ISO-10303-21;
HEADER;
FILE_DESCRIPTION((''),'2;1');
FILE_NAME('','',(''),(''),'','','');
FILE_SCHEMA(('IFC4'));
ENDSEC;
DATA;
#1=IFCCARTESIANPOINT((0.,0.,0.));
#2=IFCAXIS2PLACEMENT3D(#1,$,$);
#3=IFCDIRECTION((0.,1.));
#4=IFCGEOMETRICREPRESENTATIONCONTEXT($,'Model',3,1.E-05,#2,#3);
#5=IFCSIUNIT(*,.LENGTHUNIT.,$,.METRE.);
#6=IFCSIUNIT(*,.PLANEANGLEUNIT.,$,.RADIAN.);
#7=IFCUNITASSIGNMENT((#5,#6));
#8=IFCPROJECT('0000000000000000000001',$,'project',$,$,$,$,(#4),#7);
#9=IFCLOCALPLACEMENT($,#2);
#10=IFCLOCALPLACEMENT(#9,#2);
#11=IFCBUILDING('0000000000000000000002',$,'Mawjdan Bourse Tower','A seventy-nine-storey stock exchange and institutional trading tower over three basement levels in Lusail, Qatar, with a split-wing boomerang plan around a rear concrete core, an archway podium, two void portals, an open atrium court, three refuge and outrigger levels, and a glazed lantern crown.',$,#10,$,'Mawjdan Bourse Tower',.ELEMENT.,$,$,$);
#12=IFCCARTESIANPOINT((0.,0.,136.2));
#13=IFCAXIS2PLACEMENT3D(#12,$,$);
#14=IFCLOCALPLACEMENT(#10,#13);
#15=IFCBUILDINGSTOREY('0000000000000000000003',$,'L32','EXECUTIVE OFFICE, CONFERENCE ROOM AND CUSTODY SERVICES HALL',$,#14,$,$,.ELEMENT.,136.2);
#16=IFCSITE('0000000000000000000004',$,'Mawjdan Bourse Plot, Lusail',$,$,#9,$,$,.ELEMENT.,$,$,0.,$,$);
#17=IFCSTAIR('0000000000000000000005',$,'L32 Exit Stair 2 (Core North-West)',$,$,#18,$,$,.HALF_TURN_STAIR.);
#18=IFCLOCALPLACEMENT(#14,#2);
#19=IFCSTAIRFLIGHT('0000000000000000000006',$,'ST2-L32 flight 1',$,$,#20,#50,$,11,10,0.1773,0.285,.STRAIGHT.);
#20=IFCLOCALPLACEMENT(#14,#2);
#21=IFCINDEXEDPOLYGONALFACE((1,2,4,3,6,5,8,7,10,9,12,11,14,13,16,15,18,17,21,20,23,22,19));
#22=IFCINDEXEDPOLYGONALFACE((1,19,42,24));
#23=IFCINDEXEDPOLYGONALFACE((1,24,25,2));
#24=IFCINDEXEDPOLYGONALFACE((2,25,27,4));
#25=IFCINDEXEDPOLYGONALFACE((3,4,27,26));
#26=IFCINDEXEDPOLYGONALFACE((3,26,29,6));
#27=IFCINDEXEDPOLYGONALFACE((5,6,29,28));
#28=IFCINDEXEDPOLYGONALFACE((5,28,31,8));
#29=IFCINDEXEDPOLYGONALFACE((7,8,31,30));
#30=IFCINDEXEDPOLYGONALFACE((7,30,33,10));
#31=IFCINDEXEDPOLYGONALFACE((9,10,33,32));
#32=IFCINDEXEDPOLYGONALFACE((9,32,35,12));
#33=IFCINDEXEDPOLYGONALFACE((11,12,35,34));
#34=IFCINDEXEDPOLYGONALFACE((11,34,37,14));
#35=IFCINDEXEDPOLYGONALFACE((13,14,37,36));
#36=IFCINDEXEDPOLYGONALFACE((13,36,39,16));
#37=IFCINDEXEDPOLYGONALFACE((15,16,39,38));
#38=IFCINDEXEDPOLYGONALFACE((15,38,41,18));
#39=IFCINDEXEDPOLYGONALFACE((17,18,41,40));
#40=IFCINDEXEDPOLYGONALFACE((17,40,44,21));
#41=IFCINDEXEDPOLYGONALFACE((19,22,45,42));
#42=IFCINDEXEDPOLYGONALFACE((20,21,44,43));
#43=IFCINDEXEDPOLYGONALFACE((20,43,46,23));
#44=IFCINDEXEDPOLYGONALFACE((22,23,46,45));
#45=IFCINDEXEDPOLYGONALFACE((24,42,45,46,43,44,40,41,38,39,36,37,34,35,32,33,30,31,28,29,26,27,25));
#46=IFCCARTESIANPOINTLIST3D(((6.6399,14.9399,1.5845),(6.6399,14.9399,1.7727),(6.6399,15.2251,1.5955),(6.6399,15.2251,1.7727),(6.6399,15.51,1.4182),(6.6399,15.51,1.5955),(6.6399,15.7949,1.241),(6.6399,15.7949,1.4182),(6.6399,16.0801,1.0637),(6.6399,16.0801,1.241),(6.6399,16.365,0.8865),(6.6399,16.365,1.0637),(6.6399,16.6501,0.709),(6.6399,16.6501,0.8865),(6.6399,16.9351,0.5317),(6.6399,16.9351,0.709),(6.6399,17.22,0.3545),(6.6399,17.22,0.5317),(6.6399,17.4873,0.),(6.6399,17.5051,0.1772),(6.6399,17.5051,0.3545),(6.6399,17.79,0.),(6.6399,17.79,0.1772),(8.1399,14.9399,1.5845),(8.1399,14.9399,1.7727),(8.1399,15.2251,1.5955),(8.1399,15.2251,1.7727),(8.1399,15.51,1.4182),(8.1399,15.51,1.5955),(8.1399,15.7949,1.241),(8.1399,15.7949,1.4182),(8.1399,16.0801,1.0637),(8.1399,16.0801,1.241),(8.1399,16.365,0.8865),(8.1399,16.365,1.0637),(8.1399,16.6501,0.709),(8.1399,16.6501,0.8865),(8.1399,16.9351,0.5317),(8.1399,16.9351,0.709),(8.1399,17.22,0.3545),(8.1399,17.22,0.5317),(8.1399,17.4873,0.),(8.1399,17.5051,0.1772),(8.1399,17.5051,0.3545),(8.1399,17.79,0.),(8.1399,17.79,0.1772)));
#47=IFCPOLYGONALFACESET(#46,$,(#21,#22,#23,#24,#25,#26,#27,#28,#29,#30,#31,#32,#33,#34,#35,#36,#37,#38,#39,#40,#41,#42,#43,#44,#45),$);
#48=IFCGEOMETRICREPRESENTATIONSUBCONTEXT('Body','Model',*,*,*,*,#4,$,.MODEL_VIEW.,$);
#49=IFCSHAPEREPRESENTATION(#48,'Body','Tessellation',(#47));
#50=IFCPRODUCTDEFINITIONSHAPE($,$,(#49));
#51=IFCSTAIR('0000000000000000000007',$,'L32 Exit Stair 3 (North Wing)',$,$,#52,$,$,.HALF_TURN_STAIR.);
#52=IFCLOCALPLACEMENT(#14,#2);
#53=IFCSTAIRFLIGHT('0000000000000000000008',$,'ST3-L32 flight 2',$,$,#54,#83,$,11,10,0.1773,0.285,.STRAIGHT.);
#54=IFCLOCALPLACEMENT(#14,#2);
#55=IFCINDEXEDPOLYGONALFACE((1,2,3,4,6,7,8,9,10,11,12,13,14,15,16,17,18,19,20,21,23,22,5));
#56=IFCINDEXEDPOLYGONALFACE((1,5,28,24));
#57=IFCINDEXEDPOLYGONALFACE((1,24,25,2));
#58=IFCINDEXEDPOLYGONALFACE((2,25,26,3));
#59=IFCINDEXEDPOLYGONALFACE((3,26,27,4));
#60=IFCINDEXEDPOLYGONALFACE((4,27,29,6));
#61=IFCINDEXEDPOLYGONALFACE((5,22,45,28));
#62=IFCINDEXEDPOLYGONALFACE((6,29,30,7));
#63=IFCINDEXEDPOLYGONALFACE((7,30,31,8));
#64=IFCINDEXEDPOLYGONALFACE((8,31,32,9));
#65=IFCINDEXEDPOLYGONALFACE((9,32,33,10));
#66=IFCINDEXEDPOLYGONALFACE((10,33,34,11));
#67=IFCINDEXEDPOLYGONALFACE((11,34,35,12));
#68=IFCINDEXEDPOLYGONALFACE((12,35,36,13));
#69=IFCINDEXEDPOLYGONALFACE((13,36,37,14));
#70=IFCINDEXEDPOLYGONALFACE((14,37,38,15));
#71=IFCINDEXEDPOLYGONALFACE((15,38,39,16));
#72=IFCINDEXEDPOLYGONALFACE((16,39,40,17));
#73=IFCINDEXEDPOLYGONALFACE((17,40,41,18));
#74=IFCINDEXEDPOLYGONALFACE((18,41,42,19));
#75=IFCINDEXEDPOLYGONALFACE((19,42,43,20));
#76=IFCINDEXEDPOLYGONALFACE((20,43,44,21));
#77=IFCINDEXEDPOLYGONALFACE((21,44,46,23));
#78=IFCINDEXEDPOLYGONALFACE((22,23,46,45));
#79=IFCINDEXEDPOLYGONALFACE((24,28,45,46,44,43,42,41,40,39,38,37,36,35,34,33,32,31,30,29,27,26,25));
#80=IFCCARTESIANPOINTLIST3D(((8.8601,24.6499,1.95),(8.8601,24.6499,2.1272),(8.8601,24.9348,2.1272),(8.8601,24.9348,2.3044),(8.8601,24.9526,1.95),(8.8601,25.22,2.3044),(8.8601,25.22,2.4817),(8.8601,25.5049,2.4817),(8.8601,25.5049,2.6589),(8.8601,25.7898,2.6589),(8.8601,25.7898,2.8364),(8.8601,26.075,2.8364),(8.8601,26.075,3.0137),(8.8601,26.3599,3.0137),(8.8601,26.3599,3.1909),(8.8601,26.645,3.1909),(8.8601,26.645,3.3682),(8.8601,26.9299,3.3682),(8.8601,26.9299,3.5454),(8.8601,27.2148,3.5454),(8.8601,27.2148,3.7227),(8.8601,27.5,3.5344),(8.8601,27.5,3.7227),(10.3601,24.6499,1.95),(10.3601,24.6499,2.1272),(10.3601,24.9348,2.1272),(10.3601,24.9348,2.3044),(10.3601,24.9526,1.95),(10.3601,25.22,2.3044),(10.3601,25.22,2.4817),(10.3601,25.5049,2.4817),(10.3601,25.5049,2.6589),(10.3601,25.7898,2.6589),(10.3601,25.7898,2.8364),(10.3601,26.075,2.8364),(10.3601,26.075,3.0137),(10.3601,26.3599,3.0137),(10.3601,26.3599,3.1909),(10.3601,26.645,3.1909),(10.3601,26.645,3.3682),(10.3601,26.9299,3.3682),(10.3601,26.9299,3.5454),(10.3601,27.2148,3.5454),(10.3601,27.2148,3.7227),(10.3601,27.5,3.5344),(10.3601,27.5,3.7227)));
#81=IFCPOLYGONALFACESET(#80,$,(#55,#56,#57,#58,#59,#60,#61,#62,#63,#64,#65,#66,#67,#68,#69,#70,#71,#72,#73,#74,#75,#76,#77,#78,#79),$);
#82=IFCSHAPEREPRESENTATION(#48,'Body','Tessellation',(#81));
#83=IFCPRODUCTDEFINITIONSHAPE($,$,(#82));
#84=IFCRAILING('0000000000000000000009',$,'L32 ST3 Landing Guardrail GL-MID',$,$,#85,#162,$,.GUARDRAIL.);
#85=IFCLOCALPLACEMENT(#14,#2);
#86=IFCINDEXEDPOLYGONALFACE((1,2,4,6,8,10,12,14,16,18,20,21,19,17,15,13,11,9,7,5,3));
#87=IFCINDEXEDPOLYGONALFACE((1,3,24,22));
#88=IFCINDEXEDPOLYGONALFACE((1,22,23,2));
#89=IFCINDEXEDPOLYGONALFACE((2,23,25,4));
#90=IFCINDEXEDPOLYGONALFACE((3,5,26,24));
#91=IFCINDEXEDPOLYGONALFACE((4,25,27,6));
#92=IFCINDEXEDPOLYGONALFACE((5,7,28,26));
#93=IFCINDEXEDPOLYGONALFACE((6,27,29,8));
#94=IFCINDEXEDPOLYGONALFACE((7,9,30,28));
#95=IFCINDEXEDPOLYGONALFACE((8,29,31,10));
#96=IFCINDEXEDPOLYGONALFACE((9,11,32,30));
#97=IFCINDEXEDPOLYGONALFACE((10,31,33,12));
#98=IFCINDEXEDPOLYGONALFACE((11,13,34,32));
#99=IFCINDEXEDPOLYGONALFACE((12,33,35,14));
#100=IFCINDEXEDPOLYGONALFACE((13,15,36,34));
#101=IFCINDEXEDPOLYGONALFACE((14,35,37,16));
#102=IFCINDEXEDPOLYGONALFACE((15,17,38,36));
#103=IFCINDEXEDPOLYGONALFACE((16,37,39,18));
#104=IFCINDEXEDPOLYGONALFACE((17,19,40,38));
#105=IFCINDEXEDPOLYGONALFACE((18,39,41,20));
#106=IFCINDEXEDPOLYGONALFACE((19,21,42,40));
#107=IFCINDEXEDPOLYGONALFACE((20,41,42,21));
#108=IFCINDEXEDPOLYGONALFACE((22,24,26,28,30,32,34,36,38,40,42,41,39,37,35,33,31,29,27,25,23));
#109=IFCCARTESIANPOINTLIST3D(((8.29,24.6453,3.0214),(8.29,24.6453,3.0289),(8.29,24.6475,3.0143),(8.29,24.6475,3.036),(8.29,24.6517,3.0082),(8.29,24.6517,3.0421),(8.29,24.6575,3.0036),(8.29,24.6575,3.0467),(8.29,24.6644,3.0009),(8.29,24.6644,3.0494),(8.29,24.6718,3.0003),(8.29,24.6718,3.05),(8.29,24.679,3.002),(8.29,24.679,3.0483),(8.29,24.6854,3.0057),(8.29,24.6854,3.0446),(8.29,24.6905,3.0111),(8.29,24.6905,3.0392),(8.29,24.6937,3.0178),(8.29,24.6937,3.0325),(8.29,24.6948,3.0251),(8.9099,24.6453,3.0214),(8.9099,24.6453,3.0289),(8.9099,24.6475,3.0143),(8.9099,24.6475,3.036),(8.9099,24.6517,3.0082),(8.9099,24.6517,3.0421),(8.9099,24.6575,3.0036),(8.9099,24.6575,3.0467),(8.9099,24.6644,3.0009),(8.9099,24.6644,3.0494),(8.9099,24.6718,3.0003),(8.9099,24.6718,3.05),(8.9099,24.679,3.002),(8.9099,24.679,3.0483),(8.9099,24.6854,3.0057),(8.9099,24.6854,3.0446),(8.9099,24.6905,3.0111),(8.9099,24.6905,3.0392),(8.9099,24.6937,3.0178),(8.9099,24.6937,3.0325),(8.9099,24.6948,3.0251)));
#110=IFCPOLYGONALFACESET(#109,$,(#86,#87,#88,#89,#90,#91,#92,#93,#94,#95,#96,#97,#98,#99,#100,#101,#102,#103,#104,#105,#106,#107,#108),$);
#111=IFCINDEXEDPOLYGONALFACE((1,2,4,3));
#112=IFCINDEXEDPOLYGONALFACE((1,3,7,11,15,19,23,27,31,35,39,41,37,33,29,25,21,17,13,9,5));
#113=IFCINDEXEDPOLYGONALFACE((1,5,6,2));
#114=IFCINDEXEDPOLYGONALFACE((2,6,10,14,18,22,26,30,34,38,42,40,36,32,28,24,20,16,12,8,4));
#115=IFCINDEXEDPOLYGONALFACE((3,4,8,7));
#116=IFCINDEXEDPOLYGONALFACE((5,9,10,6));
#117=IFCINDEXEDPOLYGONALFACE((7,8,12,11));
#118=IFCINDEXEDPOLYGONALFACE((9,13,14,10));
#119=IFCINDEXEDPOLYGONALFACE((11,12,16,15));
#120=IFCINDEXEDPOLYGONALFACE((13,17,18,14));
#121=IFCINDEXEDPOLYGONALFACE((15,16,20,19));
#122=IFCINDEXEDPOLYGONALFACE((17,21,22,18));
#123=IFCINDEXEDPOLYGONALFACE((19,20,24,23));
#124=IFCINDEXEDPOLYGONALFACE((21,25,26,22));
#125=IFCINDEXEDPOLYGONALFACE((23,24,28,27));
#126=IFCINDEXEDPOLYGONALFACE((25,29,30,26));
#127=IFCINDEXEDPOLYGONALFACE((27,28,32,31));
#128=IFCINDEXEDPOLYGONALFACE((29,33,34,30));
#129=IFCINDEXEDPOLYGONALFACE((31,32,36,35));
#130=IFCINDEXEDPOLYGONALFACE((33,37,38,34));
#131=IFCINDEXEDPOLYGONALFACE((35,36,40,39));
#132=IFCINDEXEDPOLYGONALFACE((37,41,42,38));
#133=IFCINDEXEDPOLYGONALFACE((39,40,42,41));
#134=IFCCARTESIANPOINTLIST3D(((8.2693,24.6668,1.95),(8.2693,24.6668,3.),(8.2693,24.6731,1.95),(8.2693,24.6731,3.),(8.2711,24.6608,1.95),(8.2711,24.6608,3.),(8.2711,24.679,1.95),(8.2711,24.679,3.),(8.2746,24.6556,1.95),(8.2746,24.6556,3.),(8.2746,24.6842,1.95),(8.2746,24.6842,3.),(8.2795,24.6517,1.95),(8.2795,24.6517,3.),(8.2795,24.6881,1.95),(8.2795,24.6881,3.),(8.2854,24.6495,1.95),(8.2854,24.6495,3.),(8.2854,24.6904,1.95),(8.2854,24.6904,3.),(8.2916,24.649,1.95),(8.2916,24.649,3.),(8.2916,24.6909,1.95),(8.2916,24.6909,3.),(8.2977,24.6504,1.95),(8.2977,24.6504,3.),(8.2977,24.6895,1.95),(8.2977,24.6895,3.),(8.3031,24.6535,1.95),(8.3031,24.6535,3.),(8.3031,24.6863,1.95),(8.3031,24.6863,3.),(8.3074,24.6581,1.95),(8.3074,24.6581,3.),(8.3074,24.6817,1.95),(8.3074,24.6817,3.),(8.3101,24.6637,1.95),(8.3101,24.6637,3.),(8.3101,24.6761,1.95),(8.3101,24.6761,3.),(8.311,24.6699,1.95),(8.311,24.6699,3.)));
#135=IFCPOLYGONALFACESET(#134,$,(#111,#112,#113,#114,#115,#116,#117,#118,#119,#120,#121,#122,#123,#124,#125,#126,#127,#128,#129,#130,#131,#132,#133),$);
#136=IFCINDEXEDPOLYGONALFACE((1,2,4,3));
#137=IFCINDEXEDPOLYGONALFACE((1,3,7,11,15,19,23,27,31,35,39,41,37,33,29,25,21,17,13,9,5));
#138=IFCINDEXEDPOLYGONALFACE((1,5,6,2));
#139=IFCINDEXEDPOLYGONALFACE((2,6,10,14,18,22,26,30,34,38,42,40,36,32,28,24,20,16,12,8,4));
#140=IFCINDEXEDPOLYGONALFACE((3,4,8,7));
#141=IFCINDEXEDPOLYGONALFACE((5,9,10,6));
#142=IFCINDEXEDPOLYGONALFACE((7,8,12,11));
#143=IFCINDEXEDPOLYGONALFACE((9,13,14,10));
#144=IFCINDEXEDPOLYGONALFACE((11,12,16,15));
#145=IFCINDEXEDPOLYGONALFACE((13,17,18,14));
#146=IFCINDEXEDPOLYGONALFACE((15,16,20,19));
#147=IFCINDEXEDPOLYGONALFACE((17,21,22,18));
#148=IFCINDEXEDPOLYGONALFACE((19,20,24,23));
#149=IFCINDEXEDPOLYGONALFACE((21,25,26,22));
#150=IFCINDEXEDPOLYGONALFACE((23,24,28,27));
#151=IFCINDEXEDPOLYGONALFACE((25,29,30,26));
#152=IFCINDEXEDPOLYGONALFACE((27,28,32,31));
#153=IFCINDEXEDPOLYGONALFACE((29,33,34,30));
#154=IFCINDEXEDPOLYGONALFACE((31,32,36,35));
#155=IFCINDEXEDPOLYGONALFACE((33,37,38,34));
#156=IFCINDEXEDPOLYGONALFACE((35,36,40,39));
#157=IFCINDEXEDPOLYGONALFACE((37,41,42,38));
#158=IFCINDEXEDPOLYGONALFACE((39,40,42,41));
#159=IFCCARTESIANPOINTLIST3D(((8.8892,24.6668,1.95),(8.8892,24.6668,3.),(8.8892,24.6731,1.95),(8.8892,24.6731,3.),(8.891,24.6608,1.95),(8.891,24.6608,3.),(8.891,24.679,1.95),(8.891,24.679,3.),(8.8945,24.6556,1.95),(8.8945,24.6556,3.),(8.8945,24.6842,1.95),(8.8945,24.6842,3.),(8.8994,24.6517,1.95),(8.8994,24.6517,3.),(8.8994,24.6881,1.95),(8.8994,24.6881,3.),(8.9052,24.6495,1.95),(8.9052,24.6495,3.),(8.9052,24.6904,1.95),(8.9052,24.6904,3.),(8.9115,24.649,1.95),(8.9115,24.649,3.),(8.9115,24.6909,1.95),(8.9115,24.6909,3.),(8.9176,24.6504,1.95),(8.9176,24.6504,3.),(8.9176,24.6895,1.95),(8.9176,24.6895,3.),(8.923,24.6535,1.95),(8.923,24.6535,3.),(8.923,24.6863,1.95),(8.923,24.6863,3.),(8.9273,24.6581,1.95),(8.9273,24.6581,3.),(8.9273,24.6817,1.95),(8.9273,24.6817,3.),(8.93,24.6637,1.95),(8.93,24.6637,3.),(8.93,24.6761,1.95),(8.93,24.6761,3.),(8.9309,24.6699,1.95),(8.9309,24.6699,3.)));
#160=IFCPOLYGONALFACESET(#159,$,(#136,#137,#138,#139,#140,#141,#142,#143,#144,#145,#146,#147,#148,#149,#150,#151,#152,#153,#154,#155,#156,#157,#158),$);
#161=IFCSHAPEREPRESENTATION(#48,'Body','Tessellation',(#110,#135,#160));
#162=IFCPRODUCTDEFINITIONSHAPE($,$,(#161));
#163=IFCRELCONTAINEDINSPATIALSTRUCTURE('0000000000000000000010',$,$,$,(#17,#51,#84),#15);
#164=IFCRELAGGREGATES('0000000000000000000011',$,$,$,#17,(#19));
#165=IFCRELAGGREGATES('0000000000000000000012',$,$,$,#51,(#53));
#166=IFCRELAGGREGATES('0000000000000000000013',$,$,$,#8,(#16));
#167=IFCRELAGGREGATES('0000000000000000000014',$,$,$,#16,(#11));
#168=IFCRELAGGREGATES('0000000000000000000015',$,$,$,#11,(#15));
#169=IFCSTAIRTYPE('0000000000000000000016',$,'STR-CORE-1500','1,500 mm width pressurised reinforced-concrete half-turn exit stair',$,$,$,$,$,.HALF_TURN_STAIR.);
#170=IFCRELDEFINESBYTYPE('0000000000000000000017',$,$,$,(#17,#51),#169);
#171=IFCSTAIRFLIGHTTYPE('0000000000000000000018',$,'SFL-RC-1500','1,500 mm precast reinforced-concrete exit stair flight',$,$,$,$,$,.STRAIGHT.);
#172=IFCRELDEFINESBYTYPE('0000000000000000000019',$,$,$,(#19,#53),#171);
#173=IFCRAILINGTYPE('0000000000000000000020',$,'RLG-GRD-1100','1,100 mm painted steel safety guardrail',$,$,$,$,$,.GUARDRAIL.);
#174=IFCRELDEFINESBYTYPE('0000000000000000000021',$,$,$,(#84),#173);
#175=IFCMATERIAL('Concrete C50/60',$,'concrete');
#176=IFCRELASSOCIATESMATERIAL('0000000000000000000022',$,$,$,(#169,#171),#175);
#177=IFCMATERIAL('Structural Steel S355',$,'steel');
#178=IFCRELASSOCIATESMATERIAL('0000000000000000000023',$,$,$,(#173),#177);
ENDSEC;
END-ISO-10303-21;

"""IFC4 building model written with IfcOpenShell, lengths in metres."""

from ifc_helpers import new_model, si_unit, direction, frame, origin, origin_2d, place, context, subcontext, project, spatial, polyline, circle, outline, extrude, material, type_object, element, aggregate, save


model = new_model("IFC4")

# Units and contexts
model_context = context("Model", 3, precision=1e-05, world=origin(), true_north=direction((0.0, 1.0)))
body_context = subcontext(model_context, "Body", "Model", "MODEL_VIEW")
ifc_project = project(units=[si_unit("LENGTHUNIT", "METRE"), si_unit("PLANEANGLEUNIT", "RADIAN")], contexts=[model_context])

# Site, building, storey
site_placement = place(None, origin())
site = spatial("IfcSite", under=ifc_project, at=site_placement, Name="Mawjdan Bourse Plot, Lusail", CompositionType="ELEMENT", RefElevation=0.0)
building_placement = place(site_placement, origin())
building = spatial("IfcBuilding", under=site, at=building_placement, Name="Mawjdan Bourse Tower", Description="A seventy-nine-storey stock exchange and institutional trading tower over three basement levels in Lusail, Qatar, with a split-wing boomerang plan around a rear concrete core, an archway podium, two void portals, an open atrium court, three refuge and outrigger levels, and a glazed lantern crown.", LongName="Mawjdan Bourse Tower", CompositionType="ELEMENT")
storey_placement = place(building_placement, frame((0.0, 0.0, 136.2)))
storey = spatial("IfcBuildingStorey", under=building, at=storey_placement, Name="L32", Description="EXECUTIVE OFFICE, CONFERENCE ROOM AND CUSTODY SERVICES HALL", CompositionType="ELEMENT", Elevation=136.2)

# Shared definitions
ifc_material_1 = material(Name="Structural Steel S355", Category="steel")

# Shared definitions
ifc_material_2 = material(Name="Concrete C50/60", Category="concrete")

# Stairs, stair flights
stair_type = type_object("IfcStairType", Name="STR-CORE-1500", Description="1,500 mm width pressurised reinforced-concrete half-turn exit stair", PredefinedType="HALF_TURN_STAIR", material=ifc_material_2)
stair_1_placement = place(storey_placement, origin())
stair_1 = element("IfcStair", 1, at=stair_1_placement, inside=storey, type_object=stair_type, Name="L32 Exit Stair 2 (Core North-West)", PredefinedType="HALF_TURN_STAIR")
stair_flight_type = type_object("IfcStairFlightType", Name="SFL-RC-1500", Description="1,500 mm precast reinforced-concrete exit stair flight", PredefinedType="STRAIGHT", material=ifc_material_2)
stair_flight_1_placement = place(storey_placement, frame((7.3899, 17.79, 0.0), z_axis=(0.0, 0.0, 1.0), x_axis=(0.0, -1.0, 0.0)))
stair_flight_1 = element("IfcStairFlight", 2, at=stair_flight_1_placement, type_object=stair_flight_type, Name="ST2-L32 flight 1", NumberOfRisers=11, NumberOfTreads=10, PredefinedType="STRAIGHT", RiserHeight=0.1773, TreadLength=0.285, context=body_context, shape_type="SweptSolid", body=[
    extrude(outline(polyline([(0.0, 0.0), (0.0, 0.1772), (0.2849, 0.1772), (0.2849, 0.3545), (0.5701, 0.3545), (0.5701, 0.5317), (0.855, 0.5317), (0.855, 0.709), (1.1399, 0.709), (1.1399, 0.8865), (1.425, 0.8865), (1.425, 1.0637), (1.71, 1.0637), (1.71, 1.241), (1.9951, 1.241), (1.9951, 1.4182), (2.28, 1.4182), (2.28, 1.5955), (2.5649, 1.5955), (2.5649, 1.7727), (2.8501, 1.7727), (2.8501, 1.95), (2.8501, 1.5845), (0.3027, 0.0), (0.0, 0.0)])), frame((0.0, 0.75, 0.0), z_axis=(0.0, -1.0, 0.0), x_axis=(1.0, 0.0, 0.0)), (0.0, 0.0, 1.0), 1.5),
])
aggregate(stair_1, [stair_flight_1])
stair_2_placement = place(storey_placement, origin())
stair_2 = element("IfcStair", 3, at=stair_2_placement, inside=storey, type_object=stair_type, Name="L32 Exit Stair 3 (North Wing)", PredefinedType="HALF_TURN_STAIR")
stair_flight_2_placement = place(storey_placement, frame((9.6101, 24.6499, 1.95), z_axis=(0.0, 0.0, 1.0), x_axis=(0.0, 1.0, 0.0)))
stair_flight_2 = element("IfcStairFlight", 4, at=stair_flight_2_placement, type_object=stair_flight_type, Name="ST3-L32 flight 2", NumberOfRisers=11, NumberOfTreads=10, PredefinedType="STRAIGHT", RiserHeight=0.1773, TreadLength=0.285, context=body_context, shape_type="SweptSolid", body=[
    extrude(outline(polyline([(0.0, 0.0), (0.0, 0.1772), (0.2849, 0.1772), (0.2849, 0.3545), (0.5701, 0.3545), (0.5701, 0.5317), (0.855, 0.5317), (0.855, 0.709), (1.1399, 0.709), (1.1399, 0.8865), (1.425, 0.8865), (1.425, 1.0637), (1.71, 1.0637), (1.71, 1.241), (1.9951, 1.241), (1.9951, 1.4182), (2.28, 1.4182), (2.28, 1.5955), (2.5649, 1.5955), (2.5649, 1.7727), (2.8501, 1.7727), (2.8501, 1.95), (2.8501, 1.5845), (0.3027, 0.0), (0.0, 0.0)])), frame((0.0, 0.75, 0.0), z_axis=(0.0, -1.0, 0.0), x_axis=(1.0, 0.0, 0.0)), (0.0, 0.0, 1.0), 1.5),
])
aggregate(stair_2, [stair_flight_2])

# Railing
railing_type_1 = type_object("IfcRailingType", Name="RLG-GRD-1100", Description="1,100 mm painted steel safety guardrail", PredefinedType="GUARDRAIL", material=ifc_material_1)
for number, where, name in (
    (5, (8.29, 24.6699, 1.95), "L32 ST3 Landing Guardrail GL-MID"),
):
    element("IfcRailing", number, at=place(storey_placement, frame(where)), inside=storey, type_object=railing_type_1, Name=name, PredefinedType="GUARDRAIL", context=body_context, shape_type="SweptSolid", body=[
        extrude(circle(Radius=0.0249, at=origin_2d()), frame((0.0, 0.0, 1.0752), z_axis=(1.0, 0.0, 0.0), x_axis=(0.0, 1.0, 0.0)), (0.0, 0.0, 1.0), 0.6199),
        extrude(circle(Radius=0.021, at=origin_2d()), origin(), (0.0, 0.0, 1.0), 1.05),
        extrude(circle(Radius=0.021, at=origin_2d()), frame((0.6199, 0.0, 0.0)), (0.0, 0.0, 1.0), 1.05),
    ])

save(model, "model.ifc")
